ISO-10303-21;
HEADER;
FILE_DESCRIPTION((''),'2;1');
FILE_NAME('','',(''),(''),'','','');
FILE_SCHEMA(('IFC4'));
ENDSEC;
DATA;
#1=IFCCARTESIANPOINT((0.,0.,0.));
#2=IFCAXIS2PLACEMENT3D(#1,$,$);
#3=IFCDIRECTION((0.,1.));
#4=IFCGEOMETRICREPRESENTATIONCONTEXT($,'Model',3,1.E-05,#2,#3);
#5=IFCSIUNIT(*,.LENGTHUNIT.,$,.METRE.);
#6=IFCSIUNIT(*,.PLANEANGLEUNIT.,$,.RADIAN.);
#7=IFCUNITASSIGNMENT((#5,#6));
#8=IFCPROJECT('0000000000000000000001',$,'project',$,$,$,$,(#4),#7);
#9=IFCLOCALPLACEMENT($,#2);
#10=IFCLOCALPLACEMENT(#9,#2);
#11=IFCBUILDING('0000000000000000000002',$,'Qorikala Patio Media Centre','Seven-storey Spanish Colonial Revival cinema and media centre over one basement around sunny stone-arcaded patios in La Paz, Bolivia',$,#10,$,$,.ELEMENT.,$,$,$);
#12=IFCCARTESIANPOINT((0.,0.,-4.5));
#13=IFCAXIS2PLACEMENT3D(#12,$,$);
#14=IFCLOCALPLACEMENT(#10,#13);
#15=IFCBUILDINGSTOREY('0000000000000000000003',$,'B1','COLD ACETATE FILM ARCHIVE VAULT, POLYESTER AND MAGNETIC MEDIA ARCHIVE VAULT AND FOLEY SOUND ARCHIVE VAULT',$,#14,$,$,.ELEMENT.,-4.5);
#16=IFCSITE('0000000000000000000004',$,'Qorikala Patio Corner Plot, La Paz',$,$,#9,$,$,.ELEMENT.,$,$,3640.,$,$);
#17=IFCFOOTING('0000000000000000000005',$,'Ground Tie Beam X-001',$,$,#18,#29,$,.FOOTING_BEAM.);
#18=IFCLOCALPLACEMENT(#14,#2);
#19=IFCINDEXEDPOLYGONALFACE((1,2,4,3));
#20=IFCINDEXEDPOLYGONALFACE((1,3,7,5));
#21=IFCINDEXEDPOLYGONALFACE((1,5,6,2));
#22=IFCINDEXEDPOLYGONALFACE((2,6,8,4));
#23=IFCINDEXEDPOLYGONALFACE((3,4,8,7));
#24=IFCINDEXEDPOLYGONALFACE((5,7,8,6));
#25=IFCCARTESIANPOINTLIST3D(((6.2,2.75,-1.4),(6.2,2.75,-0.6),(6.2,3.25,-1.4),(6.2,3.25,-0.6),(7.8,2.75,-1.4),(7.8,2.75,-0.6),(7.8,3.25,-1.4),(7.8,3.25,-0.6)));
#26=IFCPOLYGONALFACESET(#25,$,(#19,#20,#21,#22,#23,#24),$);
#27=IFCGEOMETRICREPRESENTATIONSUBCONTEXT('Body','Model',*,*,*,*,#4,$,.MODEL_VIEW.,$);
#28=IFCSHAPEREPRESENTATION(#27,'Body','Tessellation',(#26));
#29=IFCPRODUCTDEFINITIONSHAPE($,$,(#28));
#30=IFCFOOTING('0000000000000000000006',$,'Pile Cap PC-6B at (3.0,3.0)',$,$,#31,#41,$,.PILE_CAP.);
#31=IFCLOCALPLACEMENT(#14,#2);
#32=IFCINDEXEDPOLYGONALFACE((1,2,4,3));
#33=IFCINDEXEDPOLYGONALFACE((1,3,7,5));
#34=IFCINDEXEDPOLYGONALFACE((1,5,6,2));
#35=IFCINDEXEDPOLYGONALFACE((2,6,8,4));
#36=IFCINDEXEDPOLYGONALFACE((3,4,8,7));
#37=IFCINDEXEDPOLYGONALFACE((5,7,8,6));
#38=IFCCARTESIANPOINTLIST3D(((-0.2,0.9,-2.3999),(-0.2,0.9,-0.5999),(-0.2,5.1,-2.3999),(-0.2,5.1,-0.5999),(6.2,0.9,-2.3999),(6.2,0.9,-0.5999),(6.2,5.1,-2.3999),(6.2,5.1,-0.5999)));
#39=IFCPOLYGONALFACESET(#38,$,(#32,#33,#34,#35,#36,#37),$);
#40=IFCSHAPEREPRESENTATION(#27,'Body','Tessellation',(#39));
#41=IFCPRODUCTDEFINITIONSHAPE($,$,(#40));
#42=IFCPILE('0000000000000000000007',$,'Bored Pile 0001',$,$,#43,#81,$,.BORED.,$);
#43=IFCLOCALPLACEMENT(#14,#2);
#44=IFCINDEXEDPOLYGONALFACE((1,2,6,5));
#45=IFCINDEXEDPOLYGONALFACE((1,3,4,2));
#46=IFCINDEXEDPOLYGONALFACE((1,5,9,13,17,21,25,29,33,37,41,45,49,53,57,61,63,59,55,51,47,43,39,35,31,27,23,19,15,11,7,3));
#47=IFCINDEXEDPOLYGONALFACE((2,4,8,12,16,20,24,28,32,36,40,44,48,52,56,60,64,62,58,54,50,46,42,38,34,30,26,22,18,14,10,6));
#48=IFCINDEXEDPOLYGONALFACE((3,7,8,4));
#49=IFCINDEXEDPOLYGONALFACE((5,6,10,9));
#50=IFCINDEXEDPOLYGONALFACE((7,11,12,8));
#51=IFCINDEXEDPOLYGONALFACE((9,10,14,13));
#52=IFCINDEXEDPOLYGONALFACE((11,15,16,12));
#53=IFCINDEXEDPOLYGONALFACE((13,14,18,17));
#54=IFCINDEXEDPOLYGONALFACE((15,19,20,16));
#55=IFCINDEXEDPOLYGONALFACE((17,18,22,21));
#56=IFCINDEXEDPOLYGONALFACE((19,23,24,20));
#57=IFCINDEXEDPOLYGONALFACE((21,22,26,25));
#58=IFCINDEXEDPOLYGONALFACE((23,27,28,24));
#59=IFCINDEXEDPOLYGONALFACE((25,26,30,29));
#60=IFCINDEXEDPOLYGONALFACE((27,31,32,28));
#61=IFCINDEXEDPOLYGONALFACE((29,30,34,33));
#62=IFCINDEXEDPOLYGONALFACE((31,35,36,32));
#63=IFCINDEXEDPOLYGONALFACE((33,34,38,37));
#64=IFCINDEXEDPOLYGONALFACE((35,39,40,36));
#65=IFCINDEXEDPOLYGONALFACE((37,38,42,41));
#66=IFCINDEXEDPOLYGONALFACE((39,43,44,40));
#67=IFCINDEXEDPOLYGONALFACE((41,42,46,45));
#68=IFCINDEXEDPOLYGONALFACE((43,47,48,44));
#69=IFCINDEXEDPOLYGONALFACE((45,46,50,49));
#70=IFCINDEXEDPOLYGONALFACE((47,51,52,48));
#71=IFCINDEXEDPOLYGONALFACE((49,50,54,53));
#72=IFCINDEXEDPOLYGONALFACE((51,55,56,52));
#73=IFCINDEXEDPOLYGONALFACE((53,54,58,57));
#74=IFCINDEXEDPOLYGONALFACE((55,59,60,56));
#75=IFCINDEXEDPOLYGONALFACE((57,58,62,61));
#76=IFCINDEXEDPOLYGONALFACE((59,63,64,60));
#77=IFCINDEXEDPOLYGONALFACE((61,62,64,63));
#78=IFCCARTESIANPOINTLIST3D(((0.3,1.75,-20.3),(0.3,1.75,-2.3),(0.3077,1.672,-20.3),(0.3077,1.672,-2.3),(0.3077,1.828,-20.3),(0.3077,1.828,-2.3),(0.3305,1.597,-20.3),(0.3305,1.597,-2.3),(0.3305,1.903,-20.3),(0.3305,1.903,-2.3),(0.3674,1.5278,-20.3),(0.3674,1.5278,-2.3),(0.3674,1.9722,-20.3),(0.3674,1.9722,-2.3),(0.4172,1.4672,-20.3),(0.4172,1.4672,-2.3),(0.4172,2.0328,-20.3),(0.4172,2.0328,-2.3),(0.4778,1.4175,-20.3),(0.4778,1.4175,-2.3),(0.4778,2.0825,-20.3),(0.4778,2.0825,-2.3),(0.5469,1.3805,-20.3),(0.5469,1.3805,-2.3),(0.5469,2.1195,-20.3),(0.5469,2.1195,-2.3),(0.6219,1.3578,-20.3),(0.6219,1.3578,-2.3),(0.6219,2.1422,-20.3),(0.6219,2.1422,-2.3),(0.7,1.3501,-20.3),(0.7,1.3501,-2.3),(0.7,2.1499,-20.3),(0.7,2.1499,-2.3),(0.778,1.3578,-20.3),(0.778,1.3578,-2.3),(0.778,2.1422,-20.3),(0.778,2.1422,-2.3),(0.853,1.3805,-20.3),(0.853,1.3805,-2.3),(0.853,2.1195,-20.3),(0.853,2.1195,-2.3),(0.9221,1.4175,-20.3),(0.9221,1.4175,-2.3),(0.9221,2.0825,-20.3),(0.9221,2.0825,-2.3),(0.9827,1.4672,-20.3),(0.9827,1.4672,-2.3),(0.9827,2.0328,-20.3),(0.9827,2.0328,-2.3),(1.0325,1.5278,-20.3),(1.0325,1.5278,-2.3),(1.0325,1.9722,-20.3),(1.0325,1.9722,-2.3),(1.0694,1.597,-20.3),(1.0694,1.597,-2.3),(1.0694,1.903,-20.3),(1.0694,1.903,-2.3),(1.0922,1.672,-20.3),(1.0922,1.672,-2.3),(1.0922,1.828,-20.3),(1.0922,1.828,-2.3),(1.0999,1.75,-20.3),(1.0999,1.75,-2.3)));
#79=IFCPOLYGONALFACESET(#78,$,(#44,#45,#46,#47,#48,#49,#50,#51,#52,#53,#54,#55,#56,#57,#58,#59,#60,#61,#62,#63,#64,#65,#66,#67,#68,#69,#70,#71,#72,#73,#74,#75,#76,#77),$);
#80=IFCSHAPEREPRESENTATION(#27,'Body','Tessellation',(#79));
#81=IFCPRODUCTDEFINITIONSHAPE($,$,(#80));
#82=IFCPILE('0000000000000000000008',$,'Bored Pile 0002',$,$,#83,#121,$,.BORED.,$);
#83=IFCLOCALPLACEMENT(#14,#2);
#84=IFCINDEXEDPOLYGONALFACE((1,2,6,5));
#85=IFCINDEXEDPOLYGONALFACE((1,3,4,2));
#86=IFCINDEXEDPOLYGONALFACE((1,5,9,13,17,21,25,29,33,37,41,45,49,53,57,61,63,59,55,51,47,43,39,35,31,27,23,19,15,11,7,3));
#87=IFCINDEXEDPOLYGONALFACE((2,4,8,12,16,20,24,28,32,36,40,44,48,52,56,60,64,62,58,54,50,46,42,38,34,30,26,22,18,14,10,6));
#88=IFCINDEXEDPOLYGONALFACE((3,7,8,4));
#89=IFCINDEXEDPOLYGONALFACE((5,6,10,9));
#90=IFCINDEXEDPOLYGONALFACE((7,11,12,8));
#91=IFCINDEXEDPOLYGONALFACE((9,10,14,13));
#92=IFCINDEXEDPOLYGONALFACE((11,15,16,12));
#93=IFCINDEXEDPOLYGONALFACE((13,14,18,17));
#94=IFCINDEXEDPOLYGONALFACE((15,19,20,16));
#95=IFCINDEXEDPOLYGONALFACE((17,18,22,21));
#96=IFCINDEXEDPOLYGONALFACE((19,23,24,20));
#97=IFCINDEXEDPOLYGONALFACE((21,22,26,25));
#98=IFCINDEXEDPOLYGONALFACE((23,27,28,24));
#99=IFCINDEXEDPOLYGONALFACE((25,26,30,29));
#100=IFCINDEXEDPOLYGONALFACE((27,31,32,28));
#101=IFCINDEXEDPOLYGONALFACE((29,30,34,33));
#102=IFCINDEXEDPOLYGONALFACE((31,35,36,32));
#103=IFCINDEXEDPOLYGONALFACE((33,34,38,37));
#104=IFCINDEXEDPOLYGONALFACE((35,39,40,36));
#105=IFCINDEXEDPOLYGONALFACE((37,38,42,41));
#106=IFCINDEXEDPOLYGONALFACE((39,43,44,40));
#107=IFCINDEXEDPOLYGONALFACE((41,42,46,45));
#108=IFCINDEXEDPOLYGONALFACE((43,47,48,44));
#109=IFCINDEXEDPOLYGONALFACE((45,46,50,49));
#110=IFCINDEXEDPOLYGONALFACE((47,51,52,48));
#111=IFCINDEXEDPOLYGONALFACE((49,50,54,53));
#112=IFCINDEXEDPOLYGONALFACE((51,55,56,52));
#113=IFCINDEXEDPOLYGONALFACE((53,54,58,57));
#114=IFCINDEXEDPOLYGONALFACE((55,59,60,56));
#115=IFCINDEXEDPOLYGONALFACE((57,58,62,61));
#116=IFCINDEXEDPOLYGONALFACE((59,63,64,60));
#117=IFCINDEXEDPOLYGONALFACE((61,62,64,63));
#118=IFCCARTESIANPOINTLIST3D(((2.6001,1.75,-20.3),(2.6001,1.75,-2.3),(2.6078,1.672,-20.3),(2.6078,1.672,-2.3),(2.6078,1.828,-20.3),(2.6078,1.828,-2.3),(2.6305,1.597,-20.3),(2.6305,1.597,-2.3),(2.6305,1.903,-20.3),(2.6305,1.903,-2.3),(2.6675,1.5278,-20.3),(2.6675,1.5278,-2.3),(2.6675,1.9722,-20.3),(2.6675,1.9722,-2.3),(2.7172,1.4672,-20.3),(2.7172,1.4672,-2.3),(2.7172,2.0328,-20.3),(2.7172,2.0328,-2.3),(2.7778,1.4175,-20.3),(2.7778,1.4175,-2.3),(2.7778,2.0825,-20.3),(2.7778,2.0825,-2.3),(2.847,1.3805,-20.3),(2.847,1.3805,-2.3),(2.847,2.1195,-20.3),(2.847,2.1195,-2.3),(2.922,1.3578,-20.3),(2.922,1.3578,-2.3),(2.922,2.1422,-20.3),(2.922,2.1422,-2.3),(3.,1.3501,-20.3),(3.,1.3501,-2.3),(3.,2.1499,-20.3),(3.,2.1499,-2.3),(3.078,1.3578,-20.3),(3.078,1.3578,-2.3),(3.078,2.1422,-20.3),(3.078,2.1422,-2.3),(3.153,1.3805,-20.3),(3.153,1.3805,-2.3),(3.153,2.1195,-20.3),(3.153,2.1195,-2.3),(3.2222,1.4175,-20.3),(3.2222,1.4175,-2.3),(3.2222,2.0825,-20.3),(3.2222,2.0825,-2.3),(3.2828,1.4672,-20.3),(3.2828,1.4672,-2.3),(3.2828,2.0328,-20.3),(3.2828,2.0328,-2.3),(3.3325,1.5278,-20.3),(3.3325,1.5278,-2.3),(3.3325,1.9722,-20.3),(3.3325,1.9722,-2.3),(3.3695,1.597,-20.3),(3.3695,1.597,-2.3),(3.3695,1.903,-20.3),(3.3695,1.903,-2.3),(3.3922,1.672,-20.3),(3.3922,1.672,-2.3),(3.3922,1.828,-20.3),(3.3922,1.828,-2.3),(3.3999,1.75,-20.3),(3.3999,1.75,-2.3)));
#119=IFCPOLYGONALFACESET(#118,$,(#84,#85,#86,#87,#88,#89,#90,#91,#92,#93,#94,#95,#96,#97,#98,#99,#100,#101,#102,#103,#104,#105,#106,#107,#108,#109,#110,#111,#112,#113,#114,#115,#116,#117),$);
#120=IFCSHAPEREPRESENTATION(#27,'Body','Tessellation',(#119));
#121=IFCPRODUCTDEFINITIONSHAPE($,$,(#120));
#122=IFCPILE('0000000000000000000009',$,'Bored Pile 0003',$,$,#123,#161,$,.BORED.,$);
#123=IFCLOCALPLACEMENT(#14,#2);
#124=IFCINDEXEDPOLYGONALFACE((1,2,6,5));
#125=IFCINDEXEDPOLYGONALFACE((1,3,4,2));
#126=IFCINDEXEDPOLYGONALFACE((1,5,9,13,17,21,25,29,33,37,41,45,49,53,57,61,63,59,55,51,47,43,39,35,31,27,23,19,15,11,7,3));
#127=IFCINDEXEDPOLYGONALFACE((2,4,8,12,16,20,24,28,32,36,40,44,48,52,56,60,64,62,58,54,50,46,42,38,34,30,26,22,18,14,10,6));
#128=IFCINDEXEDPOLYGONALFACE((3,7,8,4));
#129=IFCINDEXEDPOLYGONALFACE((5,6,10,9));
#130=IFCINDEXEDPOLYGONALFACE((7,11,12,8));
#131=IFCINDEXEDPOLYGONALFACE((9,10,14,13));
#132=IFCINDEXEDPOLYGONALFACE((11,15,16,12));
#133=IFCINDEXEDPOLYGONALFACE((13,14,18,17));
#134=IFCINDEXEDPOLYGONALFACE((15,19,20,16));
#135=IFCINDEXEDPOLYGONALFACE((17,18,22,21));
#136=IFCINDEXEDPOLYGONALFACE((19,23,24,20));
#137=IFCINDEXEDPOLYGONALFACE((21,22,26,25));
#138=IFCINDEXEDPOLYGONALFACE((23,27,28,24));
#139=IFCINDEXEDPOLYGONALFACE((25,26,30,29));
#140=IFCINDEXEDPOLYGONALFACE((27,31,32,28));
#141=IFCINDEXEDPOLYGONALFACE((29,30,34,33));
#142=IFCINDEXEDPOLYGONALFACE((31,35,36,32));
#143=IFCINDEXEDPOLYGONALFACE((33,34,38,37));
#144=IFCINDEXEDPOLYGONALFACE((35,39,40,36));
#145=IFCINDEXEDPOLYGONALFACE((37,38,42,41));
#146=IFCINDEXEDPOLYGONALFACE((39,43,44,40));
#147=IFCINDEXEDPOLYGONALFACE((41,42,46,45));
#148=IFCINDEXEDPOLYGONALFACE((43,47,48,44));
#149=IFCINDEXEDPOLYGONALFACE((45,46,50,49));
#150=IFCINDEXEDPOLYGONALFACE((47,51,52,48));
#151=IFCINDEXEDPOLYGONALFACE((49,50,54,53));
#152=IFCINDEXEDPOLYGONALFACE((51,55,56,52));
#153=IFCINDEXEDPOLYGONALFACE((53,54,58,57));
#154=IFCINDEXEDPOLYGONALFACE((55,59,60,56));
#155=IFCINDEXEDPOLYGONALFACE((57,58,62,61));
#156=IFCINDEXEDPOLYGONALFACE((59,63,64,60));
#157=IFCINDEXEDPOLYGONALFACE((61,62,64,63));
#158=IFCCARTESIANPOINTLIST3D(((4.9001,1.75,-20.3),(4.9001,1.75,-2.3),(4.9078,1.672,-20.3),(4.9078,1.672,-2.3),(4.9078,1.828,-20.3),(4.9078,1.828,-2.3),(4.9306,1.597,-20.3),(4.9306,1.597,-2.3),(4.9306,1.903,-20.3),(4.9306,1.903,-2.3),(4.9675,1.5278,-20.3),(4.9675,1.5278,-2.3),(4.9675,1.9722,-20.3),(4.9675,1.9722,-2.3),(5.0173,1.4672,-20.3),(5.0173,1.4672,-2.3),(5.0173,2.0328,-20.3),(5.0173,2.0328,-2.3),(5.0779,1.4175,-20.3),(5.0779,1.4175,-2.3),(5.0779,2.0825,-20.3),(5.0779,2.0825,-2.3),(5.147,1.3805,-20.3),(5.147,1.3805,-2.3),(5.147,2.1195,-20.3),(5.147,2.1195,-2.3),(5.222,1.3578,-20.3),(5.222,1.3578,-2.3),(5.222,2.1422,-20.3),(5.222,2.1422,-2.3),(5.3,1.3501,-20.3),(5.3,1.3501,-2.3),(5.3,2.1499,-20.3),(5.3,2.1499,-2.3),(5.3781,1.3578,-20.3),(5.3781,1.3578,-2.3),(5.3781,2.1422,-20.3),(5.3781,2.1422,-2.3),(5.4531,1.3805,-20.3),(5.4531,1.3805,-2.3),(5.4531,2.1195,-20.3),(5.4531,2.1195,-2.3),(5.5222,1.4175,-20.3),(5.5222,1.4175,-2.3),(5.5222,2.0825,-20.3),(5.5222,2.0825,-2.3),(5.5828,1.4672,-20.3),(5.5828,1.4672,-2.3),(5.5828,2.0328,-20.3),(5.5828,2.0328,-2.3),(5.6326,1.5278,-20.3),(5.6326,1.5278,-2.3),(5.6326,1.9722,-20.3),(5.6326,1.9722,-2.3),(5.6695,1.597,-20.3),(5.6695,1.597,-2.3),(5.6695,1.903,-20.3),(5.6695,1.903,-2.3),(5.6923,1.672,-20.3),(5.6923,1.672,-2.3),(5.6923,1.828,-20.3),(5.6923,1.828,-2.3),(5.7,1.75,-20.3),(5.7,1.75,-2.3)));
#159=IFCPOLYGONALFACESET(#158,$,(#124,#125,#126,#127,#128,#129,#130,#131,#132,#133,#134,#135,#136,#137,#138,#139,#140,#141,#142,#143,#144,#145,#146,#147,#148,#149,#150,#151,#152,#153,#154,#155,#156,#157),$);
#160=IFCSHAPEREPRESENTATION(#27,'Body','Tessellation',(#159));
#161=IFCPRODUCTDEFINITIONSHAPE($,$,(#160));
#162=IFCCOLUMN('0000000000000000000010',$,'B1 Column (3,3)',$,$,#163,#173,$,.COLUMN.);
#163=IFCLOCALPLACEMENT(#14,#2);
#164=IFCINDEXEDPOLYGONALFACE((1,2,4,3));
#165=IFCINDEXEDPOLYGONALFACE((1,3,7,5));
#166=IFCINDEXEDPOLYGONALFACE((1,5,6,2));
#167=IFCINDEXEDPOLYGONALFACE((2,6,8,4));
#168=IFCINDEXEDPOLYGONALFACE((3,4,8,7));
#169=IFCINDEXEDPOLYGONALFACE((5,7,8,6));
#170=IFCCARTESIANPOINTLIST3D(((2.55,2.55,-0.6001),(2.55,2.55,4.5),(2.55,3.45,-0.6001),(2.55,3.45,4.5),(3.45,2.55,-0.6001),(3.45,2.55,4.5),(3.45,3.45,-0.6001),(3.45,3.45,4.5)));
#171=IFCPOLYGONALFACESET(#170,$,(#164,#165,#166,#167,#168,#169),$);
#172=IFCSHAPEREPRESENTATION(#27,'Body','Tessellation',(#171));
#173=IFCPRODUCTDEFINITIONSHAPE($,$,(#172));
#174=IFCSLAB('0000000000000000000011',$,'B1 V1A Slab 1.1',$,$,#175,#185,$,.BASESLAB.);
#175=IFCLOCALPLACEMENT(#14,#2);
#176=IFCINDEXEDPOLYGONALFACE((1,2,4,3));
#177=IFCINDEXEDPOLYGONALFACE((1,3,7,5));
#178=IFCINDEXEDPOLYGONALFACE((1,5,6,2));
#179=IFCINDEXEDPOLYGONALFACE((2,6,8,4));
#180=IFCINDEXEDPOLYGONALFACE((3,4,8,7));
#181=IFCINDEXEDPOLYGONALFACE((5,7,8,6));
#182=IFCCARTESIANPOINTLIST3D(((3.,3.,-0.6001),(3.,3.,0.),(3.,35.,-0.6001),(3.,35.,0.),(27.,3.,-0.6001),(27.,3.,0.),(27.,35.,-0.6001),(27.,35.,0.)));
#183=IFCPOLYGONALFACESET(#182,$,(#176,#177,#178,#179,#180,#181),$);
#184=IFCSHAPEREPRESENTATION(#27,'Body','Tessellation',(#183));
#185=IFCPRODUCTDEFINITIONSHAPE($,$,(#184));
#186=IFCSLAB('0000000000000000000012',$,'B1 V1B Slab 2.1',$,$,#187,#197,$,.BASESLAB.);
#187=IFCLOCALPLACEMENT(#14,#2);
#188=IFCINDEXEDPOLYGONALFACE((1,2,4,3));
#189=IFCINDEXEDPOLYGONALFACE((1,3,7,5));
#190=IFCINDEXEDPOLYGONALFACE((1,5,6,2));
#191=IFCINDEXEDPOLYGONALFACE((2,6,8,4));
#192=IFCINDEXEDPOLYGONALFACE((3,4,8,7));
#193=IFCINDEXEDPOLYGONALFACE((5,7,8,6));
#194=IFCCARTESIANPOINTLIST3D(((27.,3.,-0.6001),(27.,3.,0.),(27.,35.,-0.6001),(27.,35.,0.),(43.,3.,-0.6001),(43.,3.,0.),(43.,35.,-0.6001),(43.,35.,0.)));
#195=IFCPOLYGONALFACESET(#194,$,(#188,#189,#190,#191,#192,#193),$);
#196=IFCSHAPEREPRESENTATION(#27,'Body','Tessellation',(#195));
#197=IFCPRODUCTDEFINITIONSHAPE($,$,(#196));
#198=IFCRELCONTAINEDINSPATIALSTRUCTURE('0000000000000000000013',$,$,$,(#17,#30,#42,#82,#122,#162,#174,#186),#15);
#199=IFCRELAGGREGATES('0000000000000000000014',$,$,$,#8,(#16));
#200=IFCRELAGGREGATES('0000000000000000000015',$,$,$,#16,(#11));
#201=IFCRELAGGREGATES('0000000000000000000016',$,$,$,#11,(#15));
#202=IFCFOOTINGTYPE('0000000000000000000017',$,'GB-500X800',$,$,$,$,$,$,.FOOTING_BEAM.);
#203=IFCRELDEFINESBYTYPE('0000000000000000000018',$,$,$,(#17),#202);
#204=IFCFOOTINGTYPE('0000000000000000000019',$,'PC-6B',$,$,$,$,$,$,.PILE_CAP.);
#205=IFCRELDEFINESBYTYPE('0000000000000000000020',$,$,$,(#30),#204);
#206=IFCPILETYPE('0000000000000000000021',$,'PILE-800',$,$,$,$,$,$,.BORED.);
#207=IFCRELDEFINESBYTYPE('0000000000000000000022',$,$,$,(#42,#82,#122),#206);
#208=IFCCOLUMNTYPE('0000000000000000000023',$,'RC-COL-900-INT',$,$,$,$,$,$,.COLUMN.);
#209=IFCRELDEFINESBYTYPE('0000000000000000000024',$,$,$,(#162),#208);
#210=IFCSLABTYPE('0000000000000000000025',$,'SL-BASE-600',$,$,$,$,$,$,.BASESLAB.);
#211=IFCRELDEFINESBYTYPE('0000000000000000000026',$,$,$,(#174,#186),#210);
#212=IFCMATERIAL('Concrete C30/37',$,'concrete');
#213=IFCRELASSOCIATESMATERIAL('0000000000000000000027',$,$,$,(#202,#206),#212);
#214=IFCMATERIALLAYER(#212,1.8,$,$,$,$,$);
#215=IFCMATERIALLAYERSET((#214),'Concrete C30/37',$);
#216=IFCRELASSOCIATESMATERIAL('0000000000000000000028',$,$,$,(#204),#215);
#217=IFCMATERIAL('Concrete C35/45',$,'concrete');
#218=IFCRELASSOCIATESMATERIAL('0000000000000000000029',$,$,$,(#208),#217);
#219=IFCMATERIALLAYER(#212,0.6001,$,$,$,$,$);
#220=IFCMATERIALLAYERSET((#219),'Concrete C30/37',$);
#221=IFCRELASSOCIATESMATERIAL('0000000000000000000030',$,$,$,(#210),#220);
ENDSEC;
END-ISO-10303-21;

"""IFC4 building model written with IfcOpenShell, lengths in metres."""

from ifc_helpers import new_model, si_unit, direction, frame, origin, origin_2d, place, context, subcontext, project, spatial, polyline, rectangle, circle, outline, extrude, material, layer, layer_set, material_profile, profile_set, type_object, element, save


model = new_model("IFC4")

# Units and contexts
model_context = context("Model", 3, precision=1e-05, world=origin(), true_north=direction((0.0, 1.0)))
body_context = subcontext(model_context, "Body", "Model", "MODEL_VIEW")
ifc_project = project(units=[si_unit("LENGTHUNIT", "METRE"), si_unit("PLANEANGLEUNIT", "RADIAN")], contexts=[model_context])

# Site, building, storey
site_placement = place(None, origin())
site = spatial("IfcSite", under=ifc_project, at=site_placement, Name="Qorikala Patio Corner Plot, La Paz", CompositionType="ELEMENT", RefElevation=3640.0)
building_placement = place(site_placement, origin())
building = spatial("IfcBuilding", under=site, at=building_placement, Name="Qorikala Patio Media Centre", Description="Seven-storey Spanish Colonial Revival cinema and media centre over one basement around sunny stone-arcaded patios in La Paz, Bolivia", CompositionType="ELEMENT")
storey_placement = place(building_placement, frame((0.0, 0.0, -4.5)))
storey = spatial("IfcBuildingStorey", under=building, at=storey_placement, Name="B1", Description="COLD ACETATE FILM ARCHIVE VAULT, POLYESTER AND MAGNETIC MEDIA ARCHIVE VAULT AND FOLEY SOUND ARCHIVE VAULT", CompositionType="ELEMENT", Elevation=-4.5)

# Footings
ifc_material_1 = material(Name="Concrete C30/37", Category="concrete")
ifc_material_profile_1 = material_profile(ifc_material_1, rectangle(XDim=0.5, YDim=0.8, at=origin_2d()), Name="RC 500x800")
ifc_profile_set_1 = profile_set([ifc_material_profile_1], Name="Concrete C30/37")
footing_type_1 = type_object("IfcFootingType", Name="GB-500X800", PredefinedType="FOOTING_BEAM", material=ifc_profile_set_1)
footing_1_placement = place(storey_placement, frame((6.2, 3.0, -1.0), z_axis=(1.0, 0.0, 0.0), x_axis=(0.0, 1.0, 0.0)))
element("IfcFooting", 1, at=footing_1_placement, inside=storey, type_object=footing_type_1, Name="Ground Tie Beam X-001", PredefinedType="FOOTING_BEAM", context=body_context, shape_type="SweptSolid", body=[
    extrude(rectangle(XDim=0.5, YDim=0.8, at=origin_2d()), origin(), (0.0, 0.0, 1.0), 1.6001),
])
ifc_layer_1 = layer(ifc_material_1, 1.8)
ifc_layer_set_1 = layer_set([ifc_layer_1], Name="Concrete C30/37")
footing_type_2 = type_object("IfcFootingType", Name="PC-6B", PredefinedType="PILE_CAP", material=ifc_layer_set_1)
footing_2_placement = place(storey_placement, frame((3.0, 3.0, -2.3999), z_axis=(0.0, 0.0, 1.0), x_axis=(1.0, 0.0, 0.0)))
element("IfcFooting", 2, at=footing_2_placement, inside=storey, type_object=footing_type_2, Name="Pile Cap PC-6B at (3.0,3.0)", PredefinedType="PILE_CAP", context=body_context, shape_type="SweptSolid", body=[
    extrude(rectangle(XDim=6.3999, YDim=4.2, at=origin_2d()), origin(), (0.0, 0.0, 1.0), 1.8),
])

# Piles
ifc_material_profile_2 = material_profile(ifc_material_1, circle(Radius=0.3999, at=origin_2d()), Name="BORED PILE 800")
ifc_profile_set_2 = profile_set([ifc_material_profile_2], Name="Concrete C30/37")
pile_type = type_object("IfcPileType", Name="PILE-800", PredefinedType="BORED", material=ifc_profile_set_2)
for number, where, z_axis, x_axis, name in (
    (3, (0.7, 1.75, -2.3), (0.0, 0.0, -1.0), (1.0, 0.0, 0.0), "Bored Pile 0001"),
    (4, (3.0, 1.75, -2.3), (0.0, 0.0, -1.0), (1.0, 0.0, 0.0), "Bored Pile 0002"),
    (5, (5.3, 1.75, -2.3), (0.0, 0.0, -1.0), (1.0, 0.0, 0.0), "Bored Pile 0003"),
):
    element("IfcPile", number, at=place(storey_placement, frame(where, z_axis=z_axis, x_axis=x_axis)), inside=storey, type_object=pile_type, Name=name, PredefinedType="BORED", context=body_context, shape_type="SweptSolid", body=[
        extrude(circle(Radius=0.3999, at=origin_2d()), origin(), (0.0, 0.0, 1.0), 18.0),
    ])

# Column
ifc_material_2 = material(Name="Concrete C35/45", Category="concrete")
ifc_material_profile_3 = material_profile(ifc_material_2, rectangle(XDim=0.8999, YDim=0.8999, at=origin_2d()), Name="RC 900x900")
ifc_profile_set_3 = profile_set([ifc_material_profile_3], Name="Concrete C35/45")
column_type = type_object("IfcColumnType", Name="RC-COL-900-INT", PredefinedType="COLUMN", material=ifc_profile_set_3)
column_placement = place(storey_placement, frame((3.0, 3.0, -0.6001), z_axis=(0.0, 0.0, 1.0), x_axis=(1.0, 0.0, 0.0)))
element("IfcColumn", 6, at=column_placement, inside=storey, type_object=column_type, Name="B1 Column (3,3)", PredefinedType="COLUMN", context=body_context, shape_type="SweptSolid", body=[
    extrude(rectangle(XDim=0.8999, YDim=0.8999, at=origin_2d()), origin(), (0.0, 0.0, 1.0), 5.1001),
])

# Slabs
ifc_layer_2 = layer(ifc_material_1, 0.6001)
ifc_layer_set_2 = layer_set([ifc_layer_2], Name="Concrete C30/37")
slab_type_1 = type_object("IfcSlabType", Name="SL-BASE-600", PredefinedType="BASESLAB", material=ifc_layer_set_2)
slab_1_placement = place(storey_placement, frame((0.0, 0.0, -0.6001)))
element("IfcSlab", 7, at=slab_1_placement, inside=storey, type_object=slab_type_1, Name="B1 V1A Slab 1.1", PredefinedType="BASESLAB", context=body_context, shape_type="SweptSolid", body=[
    extrude(outline(polyline([(3.0, 35.0), (27.0, 35.0), (27.0, 3.0), (3.0, 3.0), (3.0, 35.0)])), origin(), (0.0, 0.0, 1.0), 0.6001),
])
slab_2_placement = place(storey_placement, frame((0.0, 0.0, -0.6001)))
element("IfcSlab", 8, at=slab_2_placement, inside=storey, type_object=slab_type_1, Name="B1 V1B Slab 2.1", PredefinedType="BASESLAB", context=body_context, shape_type="SweptSolid", body=[
    extrude(outline(polyline([(43.0, 3.0), (27.0, 3.0), (27.0, 35.0), (43.0, 35.0), (43.0, 3.0)])), origin(), (0.0, 0.0, 1.0), 0.6001),
])

save(model, "model.ifc")
